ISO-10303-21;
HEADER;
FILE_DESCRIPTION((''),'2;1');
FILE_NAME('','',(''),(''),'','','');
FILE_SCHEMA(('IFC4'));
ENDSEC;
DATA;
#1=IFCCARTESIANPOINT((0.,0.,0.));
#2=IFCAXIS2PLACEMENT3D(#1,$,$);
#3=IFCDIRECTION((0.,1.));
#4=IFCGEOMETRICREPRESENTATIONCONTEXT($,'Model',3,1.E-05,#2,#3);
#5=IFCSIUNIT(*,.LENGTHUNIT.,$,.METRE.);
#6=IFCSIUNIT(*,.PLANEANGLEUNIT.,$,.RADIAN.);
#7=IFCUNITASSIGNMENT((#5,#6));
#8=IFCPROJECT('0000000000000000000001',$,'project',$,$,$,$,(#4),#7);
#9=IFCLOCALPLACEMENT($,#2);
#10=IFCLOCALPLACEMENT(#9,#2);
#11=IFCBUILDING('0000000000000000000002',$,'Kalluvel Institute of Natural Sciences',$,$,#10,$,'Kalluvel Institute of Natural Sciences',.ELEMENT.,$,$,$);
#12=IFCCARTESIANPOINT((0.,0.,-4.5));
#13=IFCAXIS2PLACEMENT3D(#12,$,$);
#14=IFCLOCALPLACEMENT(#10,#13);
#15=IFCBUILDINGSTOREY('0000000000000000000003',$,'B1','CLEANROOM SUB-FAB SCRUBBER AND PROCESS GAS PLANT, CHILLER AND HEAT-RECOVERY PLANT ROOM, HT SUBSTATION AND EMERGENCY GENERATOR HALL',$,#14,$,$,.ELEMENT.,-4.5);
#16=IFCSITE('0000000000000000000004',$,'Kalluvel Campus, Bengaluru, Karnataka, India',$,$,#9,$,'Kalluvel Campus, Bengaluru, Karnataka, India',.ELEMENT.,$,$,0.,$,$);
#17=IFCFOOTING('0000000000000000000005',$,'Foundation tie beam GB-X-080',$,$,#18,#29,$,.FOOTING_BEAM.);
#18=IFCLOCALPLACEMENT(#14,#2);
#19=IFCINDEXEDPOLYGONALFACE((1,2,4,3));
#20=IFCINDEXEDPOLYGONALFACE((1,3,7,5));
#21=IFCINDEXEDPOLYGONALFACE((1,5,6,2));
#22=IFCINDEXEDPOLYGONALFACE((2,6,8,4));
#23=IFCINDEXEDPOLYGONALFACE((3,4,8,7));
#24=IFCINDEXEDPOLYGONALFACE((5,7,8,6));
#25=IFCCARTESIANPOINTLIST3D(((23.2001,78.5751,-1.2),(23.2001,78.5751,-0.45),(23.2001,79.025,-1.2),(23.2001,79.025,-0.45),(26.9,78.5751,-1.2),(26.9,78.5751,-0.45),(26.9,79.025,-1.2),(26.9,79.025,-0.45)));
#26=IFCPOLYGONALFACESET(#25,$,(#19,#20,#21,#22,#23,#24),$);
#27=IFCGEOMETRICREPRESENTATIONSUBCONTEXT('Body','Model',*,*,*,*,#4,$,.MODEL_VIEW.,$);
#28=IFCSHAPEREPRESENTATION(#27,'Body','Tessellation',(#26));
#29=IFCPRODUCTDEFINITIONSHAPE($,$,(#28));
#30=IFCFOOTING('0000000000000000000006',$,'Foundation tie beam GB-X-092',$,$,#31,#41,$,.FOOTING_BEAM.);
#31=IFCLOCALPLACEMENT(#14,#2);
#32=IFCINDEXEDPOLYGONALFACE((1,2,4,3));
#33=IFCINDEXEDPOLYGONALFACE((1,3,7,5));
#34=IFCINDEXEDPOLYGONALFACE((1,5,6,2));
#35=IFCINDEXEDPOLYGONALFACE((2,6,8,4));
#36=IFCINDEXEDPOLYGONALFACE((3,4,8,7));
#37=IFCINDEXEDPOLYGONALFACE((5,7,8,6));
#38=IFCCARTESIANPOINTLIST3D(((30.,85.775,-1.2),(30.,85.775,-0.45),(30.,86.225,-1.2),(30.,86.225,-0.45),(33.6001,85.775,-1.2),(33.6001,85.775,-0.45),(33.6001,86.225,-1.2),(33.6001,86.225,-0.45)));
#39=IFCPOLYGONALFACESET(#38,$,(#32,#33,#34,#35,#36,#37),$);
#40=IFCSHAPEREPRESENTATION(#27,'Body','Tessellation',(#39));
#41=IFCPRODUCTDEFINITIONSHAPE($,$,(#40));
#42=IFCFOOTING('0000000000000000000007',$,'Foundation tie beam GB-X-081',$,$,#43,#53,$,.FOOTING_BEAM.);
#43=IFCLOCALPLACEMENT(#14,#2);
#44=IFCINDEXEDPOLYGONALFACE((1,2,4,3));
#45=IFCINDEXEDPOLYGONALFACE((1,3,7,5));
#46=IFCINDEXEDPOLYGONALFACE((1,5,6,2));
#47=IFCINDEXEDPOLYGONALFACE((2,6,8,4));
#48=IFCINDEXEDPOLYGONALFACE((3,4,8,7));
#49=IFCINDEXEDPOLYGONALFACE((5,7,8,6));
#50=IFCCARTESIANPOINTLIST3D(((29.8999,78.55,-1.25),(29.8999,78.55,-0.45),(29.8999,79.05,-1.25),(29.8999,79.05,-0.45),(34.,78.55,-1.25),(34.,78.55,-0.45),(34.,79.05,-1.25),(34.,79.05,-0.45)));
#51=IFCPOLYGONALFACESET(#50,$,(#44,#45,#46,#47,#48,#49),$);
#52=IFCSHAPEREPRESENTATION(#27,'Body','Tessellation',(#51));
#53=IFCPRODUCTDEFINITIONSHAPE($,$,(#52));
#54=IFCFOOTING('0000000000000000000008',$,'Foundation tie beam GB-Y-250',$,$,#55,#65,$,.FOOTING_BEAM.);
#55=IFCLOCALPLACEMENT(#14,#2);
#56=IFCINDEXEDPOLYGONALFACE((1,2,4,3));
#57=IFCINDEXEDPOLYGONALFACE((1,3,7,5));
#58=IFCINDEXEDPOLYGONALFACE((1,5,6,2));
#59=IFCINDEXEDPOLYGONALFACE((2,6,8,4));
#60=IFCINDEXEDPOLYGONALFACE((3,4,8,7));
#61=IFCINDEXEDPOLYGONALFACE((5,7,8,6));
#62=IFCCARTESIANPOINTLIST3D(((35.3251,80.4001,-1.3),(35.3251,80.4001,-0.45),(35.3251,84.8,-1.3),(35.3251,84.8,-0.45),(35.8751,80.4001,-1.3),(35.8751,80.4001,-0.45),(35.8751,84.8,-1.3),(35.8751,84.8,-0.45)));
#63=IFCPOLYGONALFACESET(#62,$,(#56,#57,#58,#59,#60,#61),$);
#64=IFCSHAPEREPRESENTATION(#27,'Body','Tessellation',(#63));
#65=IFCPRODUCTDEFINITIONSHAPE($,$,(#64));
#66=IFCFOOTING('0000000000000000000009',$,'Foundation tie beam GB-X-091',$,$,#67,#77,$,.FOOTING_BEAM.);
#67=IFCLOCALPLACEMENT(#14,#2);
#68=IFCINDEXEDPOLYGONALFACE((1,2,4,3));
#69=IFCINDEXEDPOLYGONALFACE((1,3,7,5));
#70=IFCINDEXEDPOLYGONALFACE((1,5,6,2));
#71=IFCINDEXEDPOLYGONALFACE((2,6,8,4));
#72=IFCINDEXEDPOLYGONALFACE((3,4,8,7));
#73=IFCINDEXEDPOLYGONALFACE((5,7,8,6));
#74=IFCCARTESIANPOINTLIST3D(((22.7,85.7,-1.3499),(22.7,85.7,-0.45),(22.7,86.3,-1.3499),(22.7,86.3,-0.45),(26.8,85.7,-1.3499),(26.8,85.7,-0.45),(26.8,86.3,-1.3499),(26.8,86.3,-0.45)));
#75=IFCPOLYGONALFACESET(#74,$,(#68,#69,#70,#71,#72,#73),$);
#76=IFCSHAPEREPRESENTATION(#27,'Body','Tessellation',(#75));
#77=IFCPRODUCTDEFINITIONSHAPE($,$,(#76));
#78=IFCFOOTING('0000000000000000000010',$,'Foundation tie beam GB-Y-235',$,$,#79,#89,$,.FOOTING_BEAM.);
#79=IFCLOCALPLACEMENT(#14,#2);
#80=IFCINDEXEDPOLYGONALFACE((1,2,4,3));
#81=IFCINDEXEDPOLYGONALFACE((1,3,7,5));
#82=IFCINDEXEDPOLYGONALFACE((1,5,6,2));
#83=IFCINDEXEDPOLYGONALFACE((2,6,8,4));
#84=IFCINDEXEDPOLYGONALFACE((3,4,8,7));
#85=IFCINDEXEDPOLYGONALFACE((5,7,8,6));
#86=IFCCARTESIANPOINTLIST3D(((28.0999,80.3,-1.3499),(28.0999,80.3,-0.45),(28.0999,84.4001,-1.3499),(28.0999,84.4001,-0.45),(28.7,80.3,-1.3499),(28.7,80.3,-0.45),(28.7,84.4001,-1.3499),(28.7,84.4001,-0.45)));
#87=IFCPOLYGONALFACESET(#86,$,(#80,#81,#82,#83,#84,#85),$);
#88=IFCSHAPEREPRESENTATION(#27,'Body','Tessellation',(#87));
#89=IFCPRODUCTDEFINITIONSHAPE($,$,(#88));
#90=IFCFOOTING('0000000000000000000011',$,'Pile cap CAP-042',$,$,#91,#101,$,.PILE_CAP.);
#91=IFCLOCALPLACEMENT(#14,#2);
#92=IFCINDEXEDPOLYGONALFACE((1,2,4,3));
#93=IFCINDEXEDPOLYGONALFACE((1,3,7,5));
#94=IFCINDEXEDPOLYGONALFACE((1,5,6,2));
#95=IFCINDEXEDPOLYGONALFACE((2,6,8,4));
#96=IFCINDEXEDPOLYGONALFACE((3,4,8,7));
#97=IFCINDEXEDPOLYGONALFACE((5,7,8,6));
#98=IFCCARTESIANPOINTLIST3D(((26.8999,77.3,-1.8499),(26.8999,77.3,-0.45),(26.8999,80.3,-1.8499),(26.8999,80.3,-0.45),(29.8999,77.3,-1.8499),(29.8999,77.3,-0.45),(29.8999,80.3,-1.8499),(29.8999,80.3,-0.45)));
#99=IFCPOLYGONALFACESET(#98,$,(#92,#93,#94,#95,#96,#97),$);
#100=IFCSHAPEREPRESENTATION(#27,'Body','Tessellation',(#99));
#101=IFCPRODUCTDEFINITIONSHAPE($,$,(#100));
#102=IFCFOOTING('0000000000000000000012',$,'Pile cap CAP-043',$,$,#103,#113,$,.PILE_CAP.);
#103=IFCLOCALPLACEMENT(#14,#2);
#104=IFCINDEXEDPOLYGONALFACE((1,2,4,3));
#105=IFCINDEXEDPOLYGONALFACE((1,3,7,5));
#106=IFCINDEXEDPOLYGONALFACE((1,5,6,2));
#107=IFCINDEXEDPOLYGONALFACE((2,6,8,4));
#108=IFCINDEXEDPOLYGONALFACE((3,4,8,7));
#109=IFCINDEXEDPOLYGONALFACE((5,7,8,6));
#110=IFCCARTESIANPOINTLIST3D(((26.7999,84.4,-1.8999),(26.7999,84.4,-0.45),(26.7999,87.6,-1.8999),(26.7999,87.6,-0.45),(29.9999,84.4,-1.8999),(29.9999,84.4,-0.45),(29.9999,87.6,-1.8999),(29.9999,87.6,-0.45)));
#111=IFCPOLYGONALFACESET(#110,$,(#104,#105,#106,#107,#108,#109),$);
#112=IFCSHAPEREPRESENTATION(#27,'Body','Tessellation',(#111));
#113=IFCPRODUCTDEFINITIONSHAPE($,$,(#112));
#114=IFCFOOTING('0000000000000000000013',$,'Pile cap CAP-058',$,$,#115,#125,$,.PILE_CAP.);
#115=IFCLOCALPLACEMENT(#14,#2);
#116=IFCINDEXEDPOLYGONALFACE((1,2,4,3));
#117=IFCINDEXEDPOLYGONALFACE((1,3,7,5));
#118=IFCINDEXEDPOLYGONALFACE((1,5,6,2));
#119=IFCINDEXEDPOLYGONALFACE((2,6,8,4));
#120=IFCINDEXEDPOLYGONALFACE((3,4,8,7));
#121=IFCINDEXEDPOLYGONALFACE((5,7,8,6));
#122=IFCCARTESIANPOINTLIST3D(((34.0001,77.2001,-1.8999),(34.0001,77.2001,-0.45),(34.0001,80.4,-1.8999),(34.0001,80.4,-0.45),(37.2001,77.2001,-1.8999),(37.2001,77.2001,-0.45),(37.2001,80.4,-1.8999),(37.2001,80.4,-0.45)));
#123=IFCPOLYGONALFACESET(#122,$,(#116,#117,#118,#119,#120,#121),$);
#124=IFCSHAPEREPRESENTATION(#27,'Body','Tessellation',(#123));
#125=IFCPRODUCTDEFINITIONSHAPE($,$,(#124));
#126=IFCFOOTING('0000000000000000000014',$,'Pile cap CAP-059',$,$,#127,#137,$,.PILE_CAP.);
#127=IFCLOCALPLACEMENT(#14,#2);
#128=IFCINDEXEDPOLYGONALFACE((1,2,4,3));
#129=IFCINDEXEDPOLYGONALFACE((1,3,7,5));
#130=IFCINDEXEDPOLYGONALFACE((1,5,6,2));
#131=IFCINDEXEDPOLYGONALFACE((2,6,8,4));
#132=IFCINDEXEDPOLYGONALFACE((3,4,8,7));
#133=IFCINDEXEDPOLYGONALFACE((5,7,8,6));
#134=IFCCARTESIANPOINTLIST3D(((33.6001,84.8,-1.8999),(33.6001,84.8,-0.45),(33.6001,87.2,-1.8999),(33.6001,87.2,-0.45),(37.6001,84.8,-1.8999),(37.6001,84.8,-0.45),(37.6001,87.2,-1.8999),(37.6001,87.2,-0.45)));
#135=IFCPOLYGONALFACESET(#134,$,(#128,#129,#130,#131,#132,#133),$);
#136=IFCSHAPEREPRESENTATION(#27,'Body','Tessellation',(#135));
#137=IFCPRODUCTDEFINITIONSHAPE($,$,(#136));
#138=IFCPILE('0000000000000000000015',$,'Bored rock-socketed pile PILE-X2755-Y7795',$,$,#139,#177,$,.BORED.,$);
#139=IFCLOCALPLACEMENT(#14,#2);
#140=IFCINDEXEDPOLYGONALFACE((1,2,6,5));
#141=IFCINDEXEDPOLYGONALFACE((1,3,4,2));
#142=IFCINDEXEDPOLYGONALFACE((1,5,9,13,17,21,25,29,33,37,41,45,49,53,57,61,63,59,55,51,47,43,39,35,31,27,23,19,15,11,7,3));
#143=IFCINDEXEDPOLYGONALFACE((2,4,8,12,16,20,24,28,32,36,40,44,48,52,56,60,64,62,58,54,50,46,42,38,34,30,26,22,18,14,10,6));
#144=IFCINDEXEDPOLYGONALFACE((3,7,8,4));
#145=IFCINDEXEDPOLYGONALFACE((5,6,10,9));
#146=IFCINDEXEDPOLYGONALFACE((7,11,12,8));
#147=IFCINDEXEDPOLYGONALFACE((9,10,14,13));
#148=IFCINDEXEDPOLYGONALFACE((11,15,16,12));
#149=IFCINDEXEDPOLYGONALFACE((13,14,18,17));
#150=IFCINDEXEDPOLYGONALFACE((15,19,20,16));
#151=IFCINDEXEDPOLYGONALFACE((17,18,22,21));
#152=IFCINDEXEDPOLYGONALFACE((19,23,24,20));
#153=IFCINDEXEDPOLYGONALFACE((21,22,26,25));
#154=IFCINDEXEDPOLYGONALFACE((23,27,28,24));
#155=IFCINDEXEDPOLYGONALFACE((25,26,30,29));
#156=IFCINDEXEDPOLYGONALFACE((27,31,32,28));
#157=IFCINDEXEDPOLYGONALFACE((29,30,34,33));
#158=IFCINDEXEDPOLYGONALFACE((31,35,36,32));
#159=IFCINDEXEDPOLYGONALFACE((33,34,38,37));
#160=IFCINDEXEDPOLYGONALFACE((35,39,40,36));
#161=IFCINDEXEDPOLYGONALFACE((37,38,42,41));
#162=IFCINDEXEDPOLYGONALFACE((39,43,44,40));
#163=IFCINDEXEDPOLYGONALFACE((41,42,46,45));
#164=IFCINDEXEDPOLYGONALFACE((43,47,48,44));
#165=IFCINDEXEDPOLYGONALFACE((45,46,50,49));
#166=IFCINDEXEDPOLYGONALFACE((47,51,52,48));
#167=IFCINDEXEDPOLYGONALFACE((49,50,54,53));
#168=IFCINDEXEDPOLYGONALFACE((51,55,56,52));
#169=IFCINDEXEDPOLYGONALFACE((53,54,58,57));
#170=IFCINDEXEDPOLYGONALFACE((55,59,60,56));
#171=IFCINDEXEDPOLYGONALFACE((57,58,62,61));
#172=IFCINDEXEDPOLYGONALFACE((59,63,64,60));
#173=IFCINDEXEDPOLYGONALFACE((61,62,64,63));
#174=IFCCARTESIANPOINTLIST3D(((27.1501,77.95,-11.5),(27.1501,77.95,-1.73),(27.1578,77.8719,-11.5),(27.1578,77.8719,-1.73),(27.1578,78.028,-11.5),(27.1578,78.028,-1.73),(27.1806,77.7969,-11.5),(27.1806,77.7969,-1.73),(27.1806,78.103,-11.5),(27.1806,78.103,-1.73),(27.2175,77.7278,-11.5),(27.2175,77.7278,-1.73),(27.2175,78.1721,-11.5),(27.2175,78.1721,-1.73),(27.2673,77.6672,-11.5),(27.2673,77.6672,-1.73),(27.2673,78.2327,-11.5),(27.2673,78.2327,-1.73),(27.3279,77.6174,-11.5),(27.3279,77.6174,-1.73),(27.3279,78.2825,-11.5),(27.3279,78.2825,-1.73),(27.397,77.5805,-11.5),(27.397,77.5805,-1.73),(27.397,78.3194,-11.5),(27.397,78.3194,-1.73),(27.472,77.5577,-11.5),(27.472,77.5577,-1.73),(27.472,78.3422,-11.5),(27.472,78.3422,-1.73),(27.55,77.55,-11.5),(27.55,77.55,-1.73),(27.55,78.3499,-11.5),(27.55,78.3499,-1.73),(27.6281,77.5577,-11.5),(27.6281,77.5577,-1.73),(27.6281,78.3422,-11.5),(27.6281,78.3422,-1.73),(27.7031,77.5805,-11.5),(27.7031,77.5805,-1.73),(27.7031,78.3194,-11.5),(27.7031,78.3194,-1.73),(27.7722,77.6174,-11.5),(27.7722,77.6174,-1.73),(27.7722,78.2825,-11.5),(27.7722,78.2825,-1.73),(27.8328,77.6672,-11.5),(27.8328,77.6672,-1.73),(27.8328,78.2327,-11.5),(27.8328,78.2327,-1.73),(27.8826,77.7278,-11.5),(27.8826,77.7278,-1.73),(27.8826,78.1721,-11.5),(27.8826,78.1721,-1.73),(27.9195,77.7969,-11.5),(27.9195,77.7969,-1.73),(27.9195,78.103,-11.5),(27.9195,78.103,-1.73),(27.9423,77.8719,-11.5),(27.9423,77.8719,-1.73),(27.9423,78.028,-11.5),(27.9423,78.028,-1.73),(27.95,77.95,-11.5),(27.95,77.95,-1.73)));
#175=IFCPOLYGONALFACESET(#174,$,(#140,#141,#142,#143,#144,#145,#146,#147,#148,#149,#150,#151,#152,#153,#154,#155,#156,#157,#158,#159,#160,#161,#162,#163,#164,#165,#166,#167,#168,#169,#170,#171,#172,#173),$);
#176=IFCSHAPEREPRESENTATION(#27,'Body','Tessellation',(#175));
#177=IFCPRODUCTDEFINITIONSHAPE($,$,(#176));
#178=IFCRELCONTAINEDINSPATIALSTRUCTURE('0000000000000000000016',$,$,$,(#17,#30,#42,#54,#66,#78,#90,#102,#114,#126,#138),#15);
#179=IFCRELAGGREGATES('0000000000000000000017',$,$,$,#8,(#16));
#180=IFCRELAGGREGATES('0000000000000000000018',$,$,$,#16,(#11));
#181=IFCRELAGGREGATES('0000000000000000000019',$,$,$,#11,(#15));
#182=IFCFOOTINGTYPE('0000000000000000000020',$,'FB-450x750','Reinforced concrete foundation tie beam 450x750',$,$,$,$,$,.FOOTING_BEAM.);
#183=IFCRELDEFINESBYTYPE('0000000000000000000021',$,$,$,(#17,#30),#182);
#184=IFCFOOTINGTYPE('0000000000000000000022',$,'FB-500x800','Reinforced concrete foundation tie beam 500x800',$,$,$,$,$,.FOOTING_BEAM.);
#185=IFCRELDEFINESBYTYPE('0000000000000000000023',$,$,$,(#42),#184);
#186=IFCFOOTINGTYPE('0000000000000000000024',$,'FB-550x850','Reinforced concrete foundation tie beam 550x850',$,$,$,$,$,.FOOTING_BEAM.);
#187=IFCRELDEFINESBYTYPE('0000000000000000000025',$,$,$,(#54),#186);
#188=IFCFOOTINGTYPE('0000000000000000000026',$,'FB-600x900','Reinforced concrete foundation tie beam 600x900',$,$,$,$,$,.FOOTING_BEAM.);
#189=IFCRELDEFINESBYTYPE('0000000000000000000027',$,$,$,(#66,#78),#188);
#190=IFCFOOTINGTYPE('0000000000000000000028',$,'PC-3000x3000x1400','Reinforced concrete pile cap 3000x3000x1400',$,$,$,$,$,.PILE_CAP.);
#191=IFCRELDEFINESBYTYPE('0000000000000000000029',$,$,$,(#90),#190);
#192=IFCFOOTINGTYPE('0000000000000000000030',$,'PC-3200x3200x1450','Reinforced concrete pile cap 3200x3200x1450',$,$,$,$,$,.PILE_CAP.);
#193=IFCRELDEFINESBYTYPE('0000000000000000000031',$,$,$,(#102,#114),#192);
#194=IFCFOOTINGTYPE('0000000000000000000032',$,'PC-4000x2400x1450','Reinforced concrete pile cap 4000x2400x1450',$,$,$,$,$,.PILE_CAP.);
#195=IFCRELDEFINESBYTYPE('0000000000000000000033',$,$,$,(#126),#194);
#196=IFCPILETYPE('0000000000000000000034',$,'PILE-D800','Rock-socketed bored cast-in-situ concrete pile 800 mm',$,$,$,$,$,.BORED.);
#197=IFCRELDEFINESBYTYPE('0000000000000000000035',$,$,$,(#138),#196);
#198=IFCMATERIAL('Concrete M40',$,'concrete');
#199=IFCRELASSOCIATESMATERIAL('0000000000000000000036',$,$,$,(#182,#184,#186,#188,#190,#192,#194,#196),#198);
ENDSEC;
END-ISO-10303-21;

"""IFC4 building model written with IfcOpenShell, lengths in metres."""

from ifc_helpers import new_model, si_unit, direction, frame, origin, origin_2d, place, context, subcontext, project, spatial, rectangle, circle, extrude, material, material_profile, profile_set, type_object, element, save


model = new_model("IFC4")

# Units and contexts
model_context = context("Model", 3, precision=1e-05, world=origin(), true_north=direction((0.0, 1.0)))
body_context = subcontext(model_context, "Body", "Model", "MODEL_VIEW")
ifc_project = project(units=[si_unit("LENGTHUNIT", "METRE"), si_unit("PLANEANGLEUNIT", "RADIAN")], contexts=[model_context])

# Site, building, storey
site_placement = place(None, origin())
site = spatial("IfcSite", under=ifc_project, at=site_placement, Name="Kalluvel Campus, Bengaluru, Karnataka, India", LongName="Kalluvel Campus, Bengaluru, Karnataka, India", CompositionType="ELEMENT", RefElevation=0.0)
building_placement = place(site_placement, origin())
building = spatial("IfcBuilding", under=site, at=building_placement, Name="Kalluvel Institute of Natural Sciences", LongName="Kalluvel Institute of Natural Sciences", CompositionType="ELEMENT")
storey_placement = place(building_placement, frame((0.0, 0.0, -4.5)))
storey = spatial("IfcBuildingStorey", under=building, at=storey_placement, Name="B1", Description="CLEANROOM SUB-FAB SCRUBBER AND PROCESS GAS PLANT, CHILLER AND HEAT-RECOVERY PLANT ROOM, HT SUBSTATION AND EMERGENCY GENERATOR HALL", CompositionType="ELEMENT", Elevation=-4.5)

# Footings
ifc_material_1 = material(Name="Concrete M40", Category="concrete")
footing_type_1 = type_object("IfcFootingType", Name="FB-450x750", Description="Reinforced concrete foundation tie beam 450x750", PredefinedType="FOOTING_BEAM", material=ifc_material_1)
footing_1_placement = place(storey_placement, frame((25.05, 78.8, -1.2), z_axis=(0.0, 0.0, 1.0), x_axis=(1.0, 0.0, 0.0)))
element("IfcFooting", 1, at=footing_1_placement, inside=storey, type_object=footing_type_1, Name="Foundation tie beam GB-X-080", PredefinedType="FOOTING_BEAM", context=body_context, shape_type="SweptSolid", body=[
    extrude(rectangle(XDim=3.7, YDim=0.45, at=origin_2d()), origin(), (0.0, 0.0, 1.0), 0.75),
])
footing_2_placement = place(storey_placement, frame((31.8, 86.0, -1.2), z_axis=(0.0, 0.0, 1.0), x_axis=(1.0, 0.0, 0.0)))
element("IfcFooting", 2, at=footing_2_placement, inside=storey, type_object=footing_type_1, Name="Foundation tie beam GB-X-092", PredefinedType="FOOTING_BEAM", context=body_context, shape_type="SweptSolid", body=[
    extrude(rectangle(XDim=3.6001, YDim=0.45, at=origin_2d()), origin(), (0.0, 0.0, 1.0), 0.75),
])
footing_type_2 = type_object("IfcFootingType", Name="FB-500x800", Description="Reinforced concrete foundation tie beam 500x800", PredefinedType="FOOTING_BEAM", material=ifc_material_1)
footing_3_placement = place(storey_placement, frame((31.95, 78.8, -1.25), z_axis=(0.0, 0.0, 1.0), x_axis=(1.0, 0.0, 0.0)))
element("IfcFooting", 3, at=footing_3_placement, inside=storey, type_object=footing_type_2, Name="Foundation tie beam GB-X-081", PredefinedType="FOOTING_BEAM", context=body_context, shape_type="SweptSolid", body=[
    extrude(rectangle(XDim=4.1001, YDim=0.5, at=origin_2d()), origin(), (0.0, 0.0, 1.0), 0.8),
])
footing_type_3 = type_object("IfcFootingType", Name="FB-550x850", Description="Reinforced concrete foundation tie beam 550x850", PredefinedType="FOOTING_BEAM", material=ifc_material_1)
footing_4_placement = place(storey_placement, frame((35.6001, 82.6001, -1.3), z_axis=(0.0, 0.0, 1.0), x_axis=(1.0, 0.0, 0.0)))
element("IfcFooting", 4, at=footing_4_placement, inside=storey, type_object=footing_type_3, Name="Foundation tie beam GB-Y-250", PredefinedType="FOOTING_BEAM", context=body_context, shape_type="SweptSolid", body=[
    extrude(rectangle(XDim=0.55, YDim=4.3999, at=origin_2d()), origin(), (0.0, 0.0, 1.0), 0.8501),
])
footing_type_4 = type_object("IfcFootingType", Name="FB-600x900", Description="Reinforced concrete foundation tie beam 600x900", PredefinedType="FOOTING_BEAM", material=ifc_material_1)
footing_5_placement = place(storey_placement, frame((24.75, 86.0, -1.3499), z_axis=(0.0, 0.0, 1.0), x_axis=(1.0, 0.0, 0.0)))
element("IfcFooting", 5, at=footing_5_placement, inside=storey, type_object=footing_type_4, Name="Foundation tie beam GB-X-091", PredefinedType="FOOTING_BEAM", context=body_context, shape_type="SweptSolid", body=[
    extrude(rectangle(XDim=4.1001, YDim=0.6001, at=origin_2d()), origin(), (0.0, 0.0, 1.0), 0.8999),
])
footing_6_placement = place(storey_placement, frame((28.3999, 82.3501, -1.3499), z_axis=(0.0, 0.0, 1.0), x_axis=(1.0, 0.0, 0.0)))
element("IfcFooting", 6, at=footing_6_placement, inside=storey, type_object=footing_type_4, Name="Foundation tie beam GB-Y-235", PredefinedType="FOOTING_BEAM", context=body_context, shape_type="SweptSolid", body=[
    extrude(rectangle(XDim=0.6001, YDim=4.1001, at=origin_2d()), origin(), (0.0, 0.0, 1.0), 0.8999),
])
footing_type_5 = type_object("IfcFootingType", Name="PC-3000x3000x1400", Description="Reinforced concrete pile cap 3000x3000x1400", PredefinedType="PILE_CAP", material=ifc_material_1)
footing_7_placement = place(storey_placement, frame((28.3999, 78.8, -1.8499), z_axis=(0.0, 0.0, 1.0), x_axis=(1.0, 0.0, 0.0)))
element("IfcFooting", 7, at=footing_7_placement, inside=storey, type_object=footing_type_5, Name="Pile cap CAP-042", PredefinedType="PILE_CAP", context=body_context, shape_type="SweptSolid", body=[
    extrude(rectangle(XDim=3.0, YDim=3.0, at=origin_2d()), origin(), (0.0, 0.0, 1.0), 1.3999),
])
footing_type_6 = type_object("IfcFootingType", Name="PC-3200x3200x1450", Description="Reinforced concrete pile cap 3200x3200x1450", PredefinedType="PILE_CAP", material=ifc_material_1)
for number, where, z_axis, x_axis, name in (
    (8, (28.3999, 86.0, -1.8999), (0.0, 0.0, 1.0), (1.0, 0.0, 0.0), "Pile cap CAP-043"),
    (9, (35.6001, 78.8, -1.8999), (0.0, 0.0, 1.0), (1.0, 0.0, 0.0), "Pile cap CAP-058"),
):
    element("IfcFooting", number, at=place(storey_placement, frame(where, z_axis=z_axis, x_axis=x_axis)), inside=storey, type_object=footing_type_6, Name=name, PredefinedType="PILE_CAP", context=body_context, shape_type="SweptSolid", body=[
        extrude(rectangle(XDim=3.2, YDim=3.2, at=origin_2d()), origin(), (0.0, 0.0, 1.0), 1.45),
    ])
footing_type_7 = type_object("IfcFootingType", Name="PC-4000x2400x1450", Description="Reinforced concrete pile cap 4000x2400x1450", PredefinedType="PILE_CAP", material=ifc_material_1)
footing_8_placement = place(storey_placement, frame((35.6001, 86.0, -1.8999), z_axis=(0.0, 0.0, 1.0), x_axis=(1.0, 0.0, 0.0)))
element("IfcFooting", 10, at=footing_8_placement, inside=storey, type_object=footing_type_7, Name="Pile cap CAP-059", PredefinedType="PILE_CAP", context=body_context, shape_type="SweptSolid", body=[
    extrude(rectangle(XDim=4.0, YDim=2.3999, at=origin_2d()), origin(), (0.0, 0.0, 1.0), 1.45),
])

# Pile
ifc_material_profile_1 = material_profile(ifc_material_1, circle(Radius=0.3999, at=origin_2d()), Name="PILE D800")
ifc_profile_set_1 = profile_set([ifc_material_profile_1], Name="Concrete M40")
pile_type_1 = type_object("IfcPileType", Name="PILE-D800", Description="Rock-socketed bored cast-in-situ concrete pile 800 mm", PredefinedType="BORED", material=ifc_profile_set_1)
for number, where, z_axis, x_axis, name in (
    (11, (27.55, 77.95, -1.73), (0.0, 0.0, -1.0), (1.0, 0.0, 0.0), "Bored rock-socketed pile PILE-X2755-Y7795"),
):
    element("IfcPile", number, at=place(storey_placement, frame(where, z_axis=z_axis, x_axis=x_axis)), inside=storey, type_object=pile_type_1, Name=name, PredefinedType="BORED", context=body_context, shape_type="SweptSolid", body=[
        extrude(circle(Radius=0.3999, at=origin_2d()), origin(), (0.0, 0.0, 1.0), 9.77),
    ])

save(model, "model.ifc")
